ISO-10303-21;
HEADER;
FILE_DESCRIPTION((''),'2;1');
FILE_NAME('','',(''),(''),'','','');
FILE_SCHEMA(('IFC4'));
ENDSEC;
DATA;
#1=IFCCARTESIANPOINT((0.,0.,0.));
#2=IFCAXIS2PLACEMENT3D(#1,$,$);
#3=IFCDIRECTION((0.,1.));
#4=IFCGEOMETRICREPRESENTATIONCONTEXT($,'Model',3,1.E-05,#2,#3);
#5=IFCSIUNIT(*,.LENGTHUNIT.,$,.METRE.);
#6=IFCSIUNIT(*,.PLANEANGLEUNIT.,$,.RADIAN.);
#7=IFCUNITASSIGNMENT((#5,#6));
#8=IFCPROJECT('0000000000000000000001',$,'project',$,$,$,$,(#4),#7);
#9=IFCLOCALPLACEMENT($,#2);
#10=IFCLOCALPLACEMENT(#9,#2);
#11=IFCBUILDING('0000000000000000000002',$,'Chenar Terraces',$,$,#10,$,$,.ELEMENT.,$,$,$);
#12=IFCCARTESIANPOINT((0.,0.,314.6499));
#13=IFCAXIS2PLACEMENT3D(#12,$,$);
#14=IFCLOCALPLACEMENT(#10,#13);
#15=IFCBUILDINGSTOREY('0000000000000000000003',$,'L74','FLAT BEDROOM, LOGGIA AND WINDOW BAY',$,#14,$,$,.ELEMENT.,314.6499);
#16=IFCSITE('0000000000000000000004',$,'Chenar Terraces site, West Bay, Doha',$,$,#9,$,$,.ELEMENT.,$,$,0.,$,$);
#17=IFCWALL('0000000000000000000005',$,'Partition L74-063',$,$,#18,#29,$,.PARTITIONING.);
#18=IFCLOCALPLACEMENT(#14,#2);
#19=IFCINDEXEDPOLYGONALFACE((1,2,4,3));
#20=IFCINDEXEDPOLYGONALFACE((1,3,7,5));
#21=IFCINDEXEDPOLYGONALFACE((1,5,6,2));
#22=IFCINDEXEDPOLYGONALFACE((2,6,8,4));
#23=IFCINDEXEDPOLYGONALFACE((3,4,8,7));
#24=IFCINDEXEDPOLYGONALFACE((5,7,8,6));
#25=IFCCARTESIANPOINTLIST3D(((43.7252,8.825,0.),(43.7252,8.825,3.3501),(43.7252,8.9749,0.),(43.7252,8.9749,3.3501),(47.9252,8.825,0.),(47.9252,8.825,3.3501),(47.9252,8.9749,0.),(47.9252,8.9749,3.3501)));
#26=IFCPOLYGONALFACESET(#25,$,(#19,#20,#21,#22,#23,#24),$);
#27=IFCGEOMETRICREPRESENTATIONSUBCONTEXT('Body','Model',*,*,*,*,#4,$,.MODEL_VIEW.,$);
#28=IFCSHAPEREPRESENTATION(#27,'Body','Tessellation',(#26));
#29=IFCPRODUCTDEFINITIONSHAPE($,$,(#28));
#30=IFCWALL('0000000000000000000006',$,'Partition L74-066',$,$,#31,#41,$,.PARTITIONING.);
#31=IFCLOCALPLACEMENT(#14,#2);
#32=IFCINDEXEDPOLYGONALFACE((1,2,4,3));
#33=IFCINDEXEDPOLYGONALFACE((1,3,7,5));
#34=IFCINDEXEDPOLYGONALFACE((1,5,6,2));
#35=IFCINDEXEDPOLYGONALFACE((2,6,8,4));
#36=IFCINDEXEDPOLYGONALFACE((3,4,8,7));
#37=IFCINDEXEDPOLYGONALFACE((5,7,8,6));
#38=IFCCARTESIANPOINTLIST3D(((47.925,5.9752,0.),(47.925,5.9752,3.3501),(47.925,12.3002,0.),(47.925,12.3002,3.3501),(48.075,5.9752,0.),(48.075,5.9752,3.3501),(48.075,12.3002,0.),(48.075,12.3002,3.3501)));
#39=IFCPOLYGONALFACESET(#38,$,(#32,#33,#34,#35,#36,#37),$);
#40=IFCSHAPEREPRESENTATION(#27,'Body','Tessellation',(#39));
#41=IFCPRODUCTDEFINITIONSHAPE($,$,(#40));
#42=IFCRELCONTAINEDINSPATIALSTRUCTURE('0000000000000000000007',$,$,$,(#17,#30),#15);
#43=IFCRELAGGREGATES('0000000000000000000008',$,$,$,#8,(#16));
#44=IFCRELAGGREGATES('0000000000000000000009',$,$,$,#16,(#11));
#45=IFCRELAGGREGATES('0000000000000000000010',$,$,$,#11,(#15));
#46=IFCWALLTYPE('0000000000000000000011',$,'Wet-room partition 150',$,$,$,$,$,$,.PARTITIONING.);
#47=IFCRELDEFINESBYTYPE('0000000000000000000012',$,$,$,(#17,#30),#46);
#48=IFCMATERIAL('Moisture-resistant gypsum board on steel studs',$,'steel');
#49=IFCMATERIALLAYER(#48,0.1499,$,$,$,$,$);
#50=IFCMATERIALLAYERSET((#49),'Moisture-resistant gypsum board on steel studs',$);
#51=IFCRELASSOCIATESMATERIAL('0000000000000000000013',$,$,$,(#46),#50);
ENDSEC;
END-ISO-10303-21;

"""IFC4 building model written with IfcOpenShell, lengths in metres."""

from ifc_helpers import new_model, si_unit, direction, frame, frame_2d, origin, place, context, subcontext, project, spatial, rectangle, extrude, material, layer, layer_set, type_object, element, save


model = new_model("IFC4")

# Units and contexts
model_context = context("Model", 3, precision=1e-05, world=origin(), true_north=direction((0.0, 1.0)))
body_context = subcontext(model_context, "Body", "Model", "MODEL_VIEW")
ifc_project = project(units=[si_unit("LENGTHUNIT", "METRE"), si_unit("PLANEANGLEUNIT", "RADIAN")], contexts=[model_context])

# Site, building, storey
site_placement = place(None, origin())
site = spatial("IfcSite", under=ifc_project, at=site_placement, Name="Chenar Terraces site, West Bay, Doha", CompositionType="ELEMENT", RefElevation=0.0)
building_placement = place(site_placement, origin())
building = spatial("IfcBuilding", under=site, at=building_placement, Name="Chenar Terraces", CompositionType="ELEMENT")
storey_placement = place(building_placement, frame((0.0, 0.0, 314.6499)))
storey = spatial("IfcBuildingStorey", under=building, at=storey_placement, Name="L74", Description="FLAT BEDROOM, LOGGIA AND WINDOW BAY", CompositionType="ELEMENT", Elevation=314.6499)

# Shared definitions
ifc_material_1 = material(Name="Moisture-resistant gypsum board on steel studs", Category="steel")
ifc_layer_1 = layer(ifc_material_1, 0.1499)
ifc_layer_set_1 = layer_set([ifc_layer_1], Name="Moisture-resistant gypsum board on steel studs")
wall_type_1 = type_object("IfcWallType", Name="Wet-room partition 150", PredefinedType="PARTITIONING", material=ifc_layer_set_1)

# Walls
wall_1_placement = place(storey_placement, frame((43.7251, 8.8999, 0.0), z_axis=(0.0, 0.0, 1.0), x_axis=(1.0, 0.0, 0.0)))
element("IfcWall", 1, at=wall_1_placement, inside=storey, type_object=wall_type_1, Name="Partition L74-063", PredefinedType="PARTITIONING", context=body_context, shape_type="SweptSolid", body=[
    extrude(rectangle(XDim=4.2, YDim=0.1499, at=frame_2d((2.1001, 0.0))), origin(), (0.0, 0.0, 1.0), 3.3501),
])
wall_2_placement = place(storey_placement, frame((48.0, 5.9751, 0.0), z_axis=(0.0, 0.0, 1.0), x_axis=(0.0, 1.0, 0.0)))
element("IfcWall", 2, at=wall_2_placement, inside=storey, type_object=wall_type_1, Name="Partition L74-066", PredefinedType="PARTITIONING", context=body_context, shape_type="SweptSolid", body=[
    extrude(rectangle(XDim=6.325, YDim=0.1499, at=frame_2d((3.1626, 0.0))), origin(), (0.0, 0.0, 1.0), 3.3501),
])

save(model, "model.ifc")
